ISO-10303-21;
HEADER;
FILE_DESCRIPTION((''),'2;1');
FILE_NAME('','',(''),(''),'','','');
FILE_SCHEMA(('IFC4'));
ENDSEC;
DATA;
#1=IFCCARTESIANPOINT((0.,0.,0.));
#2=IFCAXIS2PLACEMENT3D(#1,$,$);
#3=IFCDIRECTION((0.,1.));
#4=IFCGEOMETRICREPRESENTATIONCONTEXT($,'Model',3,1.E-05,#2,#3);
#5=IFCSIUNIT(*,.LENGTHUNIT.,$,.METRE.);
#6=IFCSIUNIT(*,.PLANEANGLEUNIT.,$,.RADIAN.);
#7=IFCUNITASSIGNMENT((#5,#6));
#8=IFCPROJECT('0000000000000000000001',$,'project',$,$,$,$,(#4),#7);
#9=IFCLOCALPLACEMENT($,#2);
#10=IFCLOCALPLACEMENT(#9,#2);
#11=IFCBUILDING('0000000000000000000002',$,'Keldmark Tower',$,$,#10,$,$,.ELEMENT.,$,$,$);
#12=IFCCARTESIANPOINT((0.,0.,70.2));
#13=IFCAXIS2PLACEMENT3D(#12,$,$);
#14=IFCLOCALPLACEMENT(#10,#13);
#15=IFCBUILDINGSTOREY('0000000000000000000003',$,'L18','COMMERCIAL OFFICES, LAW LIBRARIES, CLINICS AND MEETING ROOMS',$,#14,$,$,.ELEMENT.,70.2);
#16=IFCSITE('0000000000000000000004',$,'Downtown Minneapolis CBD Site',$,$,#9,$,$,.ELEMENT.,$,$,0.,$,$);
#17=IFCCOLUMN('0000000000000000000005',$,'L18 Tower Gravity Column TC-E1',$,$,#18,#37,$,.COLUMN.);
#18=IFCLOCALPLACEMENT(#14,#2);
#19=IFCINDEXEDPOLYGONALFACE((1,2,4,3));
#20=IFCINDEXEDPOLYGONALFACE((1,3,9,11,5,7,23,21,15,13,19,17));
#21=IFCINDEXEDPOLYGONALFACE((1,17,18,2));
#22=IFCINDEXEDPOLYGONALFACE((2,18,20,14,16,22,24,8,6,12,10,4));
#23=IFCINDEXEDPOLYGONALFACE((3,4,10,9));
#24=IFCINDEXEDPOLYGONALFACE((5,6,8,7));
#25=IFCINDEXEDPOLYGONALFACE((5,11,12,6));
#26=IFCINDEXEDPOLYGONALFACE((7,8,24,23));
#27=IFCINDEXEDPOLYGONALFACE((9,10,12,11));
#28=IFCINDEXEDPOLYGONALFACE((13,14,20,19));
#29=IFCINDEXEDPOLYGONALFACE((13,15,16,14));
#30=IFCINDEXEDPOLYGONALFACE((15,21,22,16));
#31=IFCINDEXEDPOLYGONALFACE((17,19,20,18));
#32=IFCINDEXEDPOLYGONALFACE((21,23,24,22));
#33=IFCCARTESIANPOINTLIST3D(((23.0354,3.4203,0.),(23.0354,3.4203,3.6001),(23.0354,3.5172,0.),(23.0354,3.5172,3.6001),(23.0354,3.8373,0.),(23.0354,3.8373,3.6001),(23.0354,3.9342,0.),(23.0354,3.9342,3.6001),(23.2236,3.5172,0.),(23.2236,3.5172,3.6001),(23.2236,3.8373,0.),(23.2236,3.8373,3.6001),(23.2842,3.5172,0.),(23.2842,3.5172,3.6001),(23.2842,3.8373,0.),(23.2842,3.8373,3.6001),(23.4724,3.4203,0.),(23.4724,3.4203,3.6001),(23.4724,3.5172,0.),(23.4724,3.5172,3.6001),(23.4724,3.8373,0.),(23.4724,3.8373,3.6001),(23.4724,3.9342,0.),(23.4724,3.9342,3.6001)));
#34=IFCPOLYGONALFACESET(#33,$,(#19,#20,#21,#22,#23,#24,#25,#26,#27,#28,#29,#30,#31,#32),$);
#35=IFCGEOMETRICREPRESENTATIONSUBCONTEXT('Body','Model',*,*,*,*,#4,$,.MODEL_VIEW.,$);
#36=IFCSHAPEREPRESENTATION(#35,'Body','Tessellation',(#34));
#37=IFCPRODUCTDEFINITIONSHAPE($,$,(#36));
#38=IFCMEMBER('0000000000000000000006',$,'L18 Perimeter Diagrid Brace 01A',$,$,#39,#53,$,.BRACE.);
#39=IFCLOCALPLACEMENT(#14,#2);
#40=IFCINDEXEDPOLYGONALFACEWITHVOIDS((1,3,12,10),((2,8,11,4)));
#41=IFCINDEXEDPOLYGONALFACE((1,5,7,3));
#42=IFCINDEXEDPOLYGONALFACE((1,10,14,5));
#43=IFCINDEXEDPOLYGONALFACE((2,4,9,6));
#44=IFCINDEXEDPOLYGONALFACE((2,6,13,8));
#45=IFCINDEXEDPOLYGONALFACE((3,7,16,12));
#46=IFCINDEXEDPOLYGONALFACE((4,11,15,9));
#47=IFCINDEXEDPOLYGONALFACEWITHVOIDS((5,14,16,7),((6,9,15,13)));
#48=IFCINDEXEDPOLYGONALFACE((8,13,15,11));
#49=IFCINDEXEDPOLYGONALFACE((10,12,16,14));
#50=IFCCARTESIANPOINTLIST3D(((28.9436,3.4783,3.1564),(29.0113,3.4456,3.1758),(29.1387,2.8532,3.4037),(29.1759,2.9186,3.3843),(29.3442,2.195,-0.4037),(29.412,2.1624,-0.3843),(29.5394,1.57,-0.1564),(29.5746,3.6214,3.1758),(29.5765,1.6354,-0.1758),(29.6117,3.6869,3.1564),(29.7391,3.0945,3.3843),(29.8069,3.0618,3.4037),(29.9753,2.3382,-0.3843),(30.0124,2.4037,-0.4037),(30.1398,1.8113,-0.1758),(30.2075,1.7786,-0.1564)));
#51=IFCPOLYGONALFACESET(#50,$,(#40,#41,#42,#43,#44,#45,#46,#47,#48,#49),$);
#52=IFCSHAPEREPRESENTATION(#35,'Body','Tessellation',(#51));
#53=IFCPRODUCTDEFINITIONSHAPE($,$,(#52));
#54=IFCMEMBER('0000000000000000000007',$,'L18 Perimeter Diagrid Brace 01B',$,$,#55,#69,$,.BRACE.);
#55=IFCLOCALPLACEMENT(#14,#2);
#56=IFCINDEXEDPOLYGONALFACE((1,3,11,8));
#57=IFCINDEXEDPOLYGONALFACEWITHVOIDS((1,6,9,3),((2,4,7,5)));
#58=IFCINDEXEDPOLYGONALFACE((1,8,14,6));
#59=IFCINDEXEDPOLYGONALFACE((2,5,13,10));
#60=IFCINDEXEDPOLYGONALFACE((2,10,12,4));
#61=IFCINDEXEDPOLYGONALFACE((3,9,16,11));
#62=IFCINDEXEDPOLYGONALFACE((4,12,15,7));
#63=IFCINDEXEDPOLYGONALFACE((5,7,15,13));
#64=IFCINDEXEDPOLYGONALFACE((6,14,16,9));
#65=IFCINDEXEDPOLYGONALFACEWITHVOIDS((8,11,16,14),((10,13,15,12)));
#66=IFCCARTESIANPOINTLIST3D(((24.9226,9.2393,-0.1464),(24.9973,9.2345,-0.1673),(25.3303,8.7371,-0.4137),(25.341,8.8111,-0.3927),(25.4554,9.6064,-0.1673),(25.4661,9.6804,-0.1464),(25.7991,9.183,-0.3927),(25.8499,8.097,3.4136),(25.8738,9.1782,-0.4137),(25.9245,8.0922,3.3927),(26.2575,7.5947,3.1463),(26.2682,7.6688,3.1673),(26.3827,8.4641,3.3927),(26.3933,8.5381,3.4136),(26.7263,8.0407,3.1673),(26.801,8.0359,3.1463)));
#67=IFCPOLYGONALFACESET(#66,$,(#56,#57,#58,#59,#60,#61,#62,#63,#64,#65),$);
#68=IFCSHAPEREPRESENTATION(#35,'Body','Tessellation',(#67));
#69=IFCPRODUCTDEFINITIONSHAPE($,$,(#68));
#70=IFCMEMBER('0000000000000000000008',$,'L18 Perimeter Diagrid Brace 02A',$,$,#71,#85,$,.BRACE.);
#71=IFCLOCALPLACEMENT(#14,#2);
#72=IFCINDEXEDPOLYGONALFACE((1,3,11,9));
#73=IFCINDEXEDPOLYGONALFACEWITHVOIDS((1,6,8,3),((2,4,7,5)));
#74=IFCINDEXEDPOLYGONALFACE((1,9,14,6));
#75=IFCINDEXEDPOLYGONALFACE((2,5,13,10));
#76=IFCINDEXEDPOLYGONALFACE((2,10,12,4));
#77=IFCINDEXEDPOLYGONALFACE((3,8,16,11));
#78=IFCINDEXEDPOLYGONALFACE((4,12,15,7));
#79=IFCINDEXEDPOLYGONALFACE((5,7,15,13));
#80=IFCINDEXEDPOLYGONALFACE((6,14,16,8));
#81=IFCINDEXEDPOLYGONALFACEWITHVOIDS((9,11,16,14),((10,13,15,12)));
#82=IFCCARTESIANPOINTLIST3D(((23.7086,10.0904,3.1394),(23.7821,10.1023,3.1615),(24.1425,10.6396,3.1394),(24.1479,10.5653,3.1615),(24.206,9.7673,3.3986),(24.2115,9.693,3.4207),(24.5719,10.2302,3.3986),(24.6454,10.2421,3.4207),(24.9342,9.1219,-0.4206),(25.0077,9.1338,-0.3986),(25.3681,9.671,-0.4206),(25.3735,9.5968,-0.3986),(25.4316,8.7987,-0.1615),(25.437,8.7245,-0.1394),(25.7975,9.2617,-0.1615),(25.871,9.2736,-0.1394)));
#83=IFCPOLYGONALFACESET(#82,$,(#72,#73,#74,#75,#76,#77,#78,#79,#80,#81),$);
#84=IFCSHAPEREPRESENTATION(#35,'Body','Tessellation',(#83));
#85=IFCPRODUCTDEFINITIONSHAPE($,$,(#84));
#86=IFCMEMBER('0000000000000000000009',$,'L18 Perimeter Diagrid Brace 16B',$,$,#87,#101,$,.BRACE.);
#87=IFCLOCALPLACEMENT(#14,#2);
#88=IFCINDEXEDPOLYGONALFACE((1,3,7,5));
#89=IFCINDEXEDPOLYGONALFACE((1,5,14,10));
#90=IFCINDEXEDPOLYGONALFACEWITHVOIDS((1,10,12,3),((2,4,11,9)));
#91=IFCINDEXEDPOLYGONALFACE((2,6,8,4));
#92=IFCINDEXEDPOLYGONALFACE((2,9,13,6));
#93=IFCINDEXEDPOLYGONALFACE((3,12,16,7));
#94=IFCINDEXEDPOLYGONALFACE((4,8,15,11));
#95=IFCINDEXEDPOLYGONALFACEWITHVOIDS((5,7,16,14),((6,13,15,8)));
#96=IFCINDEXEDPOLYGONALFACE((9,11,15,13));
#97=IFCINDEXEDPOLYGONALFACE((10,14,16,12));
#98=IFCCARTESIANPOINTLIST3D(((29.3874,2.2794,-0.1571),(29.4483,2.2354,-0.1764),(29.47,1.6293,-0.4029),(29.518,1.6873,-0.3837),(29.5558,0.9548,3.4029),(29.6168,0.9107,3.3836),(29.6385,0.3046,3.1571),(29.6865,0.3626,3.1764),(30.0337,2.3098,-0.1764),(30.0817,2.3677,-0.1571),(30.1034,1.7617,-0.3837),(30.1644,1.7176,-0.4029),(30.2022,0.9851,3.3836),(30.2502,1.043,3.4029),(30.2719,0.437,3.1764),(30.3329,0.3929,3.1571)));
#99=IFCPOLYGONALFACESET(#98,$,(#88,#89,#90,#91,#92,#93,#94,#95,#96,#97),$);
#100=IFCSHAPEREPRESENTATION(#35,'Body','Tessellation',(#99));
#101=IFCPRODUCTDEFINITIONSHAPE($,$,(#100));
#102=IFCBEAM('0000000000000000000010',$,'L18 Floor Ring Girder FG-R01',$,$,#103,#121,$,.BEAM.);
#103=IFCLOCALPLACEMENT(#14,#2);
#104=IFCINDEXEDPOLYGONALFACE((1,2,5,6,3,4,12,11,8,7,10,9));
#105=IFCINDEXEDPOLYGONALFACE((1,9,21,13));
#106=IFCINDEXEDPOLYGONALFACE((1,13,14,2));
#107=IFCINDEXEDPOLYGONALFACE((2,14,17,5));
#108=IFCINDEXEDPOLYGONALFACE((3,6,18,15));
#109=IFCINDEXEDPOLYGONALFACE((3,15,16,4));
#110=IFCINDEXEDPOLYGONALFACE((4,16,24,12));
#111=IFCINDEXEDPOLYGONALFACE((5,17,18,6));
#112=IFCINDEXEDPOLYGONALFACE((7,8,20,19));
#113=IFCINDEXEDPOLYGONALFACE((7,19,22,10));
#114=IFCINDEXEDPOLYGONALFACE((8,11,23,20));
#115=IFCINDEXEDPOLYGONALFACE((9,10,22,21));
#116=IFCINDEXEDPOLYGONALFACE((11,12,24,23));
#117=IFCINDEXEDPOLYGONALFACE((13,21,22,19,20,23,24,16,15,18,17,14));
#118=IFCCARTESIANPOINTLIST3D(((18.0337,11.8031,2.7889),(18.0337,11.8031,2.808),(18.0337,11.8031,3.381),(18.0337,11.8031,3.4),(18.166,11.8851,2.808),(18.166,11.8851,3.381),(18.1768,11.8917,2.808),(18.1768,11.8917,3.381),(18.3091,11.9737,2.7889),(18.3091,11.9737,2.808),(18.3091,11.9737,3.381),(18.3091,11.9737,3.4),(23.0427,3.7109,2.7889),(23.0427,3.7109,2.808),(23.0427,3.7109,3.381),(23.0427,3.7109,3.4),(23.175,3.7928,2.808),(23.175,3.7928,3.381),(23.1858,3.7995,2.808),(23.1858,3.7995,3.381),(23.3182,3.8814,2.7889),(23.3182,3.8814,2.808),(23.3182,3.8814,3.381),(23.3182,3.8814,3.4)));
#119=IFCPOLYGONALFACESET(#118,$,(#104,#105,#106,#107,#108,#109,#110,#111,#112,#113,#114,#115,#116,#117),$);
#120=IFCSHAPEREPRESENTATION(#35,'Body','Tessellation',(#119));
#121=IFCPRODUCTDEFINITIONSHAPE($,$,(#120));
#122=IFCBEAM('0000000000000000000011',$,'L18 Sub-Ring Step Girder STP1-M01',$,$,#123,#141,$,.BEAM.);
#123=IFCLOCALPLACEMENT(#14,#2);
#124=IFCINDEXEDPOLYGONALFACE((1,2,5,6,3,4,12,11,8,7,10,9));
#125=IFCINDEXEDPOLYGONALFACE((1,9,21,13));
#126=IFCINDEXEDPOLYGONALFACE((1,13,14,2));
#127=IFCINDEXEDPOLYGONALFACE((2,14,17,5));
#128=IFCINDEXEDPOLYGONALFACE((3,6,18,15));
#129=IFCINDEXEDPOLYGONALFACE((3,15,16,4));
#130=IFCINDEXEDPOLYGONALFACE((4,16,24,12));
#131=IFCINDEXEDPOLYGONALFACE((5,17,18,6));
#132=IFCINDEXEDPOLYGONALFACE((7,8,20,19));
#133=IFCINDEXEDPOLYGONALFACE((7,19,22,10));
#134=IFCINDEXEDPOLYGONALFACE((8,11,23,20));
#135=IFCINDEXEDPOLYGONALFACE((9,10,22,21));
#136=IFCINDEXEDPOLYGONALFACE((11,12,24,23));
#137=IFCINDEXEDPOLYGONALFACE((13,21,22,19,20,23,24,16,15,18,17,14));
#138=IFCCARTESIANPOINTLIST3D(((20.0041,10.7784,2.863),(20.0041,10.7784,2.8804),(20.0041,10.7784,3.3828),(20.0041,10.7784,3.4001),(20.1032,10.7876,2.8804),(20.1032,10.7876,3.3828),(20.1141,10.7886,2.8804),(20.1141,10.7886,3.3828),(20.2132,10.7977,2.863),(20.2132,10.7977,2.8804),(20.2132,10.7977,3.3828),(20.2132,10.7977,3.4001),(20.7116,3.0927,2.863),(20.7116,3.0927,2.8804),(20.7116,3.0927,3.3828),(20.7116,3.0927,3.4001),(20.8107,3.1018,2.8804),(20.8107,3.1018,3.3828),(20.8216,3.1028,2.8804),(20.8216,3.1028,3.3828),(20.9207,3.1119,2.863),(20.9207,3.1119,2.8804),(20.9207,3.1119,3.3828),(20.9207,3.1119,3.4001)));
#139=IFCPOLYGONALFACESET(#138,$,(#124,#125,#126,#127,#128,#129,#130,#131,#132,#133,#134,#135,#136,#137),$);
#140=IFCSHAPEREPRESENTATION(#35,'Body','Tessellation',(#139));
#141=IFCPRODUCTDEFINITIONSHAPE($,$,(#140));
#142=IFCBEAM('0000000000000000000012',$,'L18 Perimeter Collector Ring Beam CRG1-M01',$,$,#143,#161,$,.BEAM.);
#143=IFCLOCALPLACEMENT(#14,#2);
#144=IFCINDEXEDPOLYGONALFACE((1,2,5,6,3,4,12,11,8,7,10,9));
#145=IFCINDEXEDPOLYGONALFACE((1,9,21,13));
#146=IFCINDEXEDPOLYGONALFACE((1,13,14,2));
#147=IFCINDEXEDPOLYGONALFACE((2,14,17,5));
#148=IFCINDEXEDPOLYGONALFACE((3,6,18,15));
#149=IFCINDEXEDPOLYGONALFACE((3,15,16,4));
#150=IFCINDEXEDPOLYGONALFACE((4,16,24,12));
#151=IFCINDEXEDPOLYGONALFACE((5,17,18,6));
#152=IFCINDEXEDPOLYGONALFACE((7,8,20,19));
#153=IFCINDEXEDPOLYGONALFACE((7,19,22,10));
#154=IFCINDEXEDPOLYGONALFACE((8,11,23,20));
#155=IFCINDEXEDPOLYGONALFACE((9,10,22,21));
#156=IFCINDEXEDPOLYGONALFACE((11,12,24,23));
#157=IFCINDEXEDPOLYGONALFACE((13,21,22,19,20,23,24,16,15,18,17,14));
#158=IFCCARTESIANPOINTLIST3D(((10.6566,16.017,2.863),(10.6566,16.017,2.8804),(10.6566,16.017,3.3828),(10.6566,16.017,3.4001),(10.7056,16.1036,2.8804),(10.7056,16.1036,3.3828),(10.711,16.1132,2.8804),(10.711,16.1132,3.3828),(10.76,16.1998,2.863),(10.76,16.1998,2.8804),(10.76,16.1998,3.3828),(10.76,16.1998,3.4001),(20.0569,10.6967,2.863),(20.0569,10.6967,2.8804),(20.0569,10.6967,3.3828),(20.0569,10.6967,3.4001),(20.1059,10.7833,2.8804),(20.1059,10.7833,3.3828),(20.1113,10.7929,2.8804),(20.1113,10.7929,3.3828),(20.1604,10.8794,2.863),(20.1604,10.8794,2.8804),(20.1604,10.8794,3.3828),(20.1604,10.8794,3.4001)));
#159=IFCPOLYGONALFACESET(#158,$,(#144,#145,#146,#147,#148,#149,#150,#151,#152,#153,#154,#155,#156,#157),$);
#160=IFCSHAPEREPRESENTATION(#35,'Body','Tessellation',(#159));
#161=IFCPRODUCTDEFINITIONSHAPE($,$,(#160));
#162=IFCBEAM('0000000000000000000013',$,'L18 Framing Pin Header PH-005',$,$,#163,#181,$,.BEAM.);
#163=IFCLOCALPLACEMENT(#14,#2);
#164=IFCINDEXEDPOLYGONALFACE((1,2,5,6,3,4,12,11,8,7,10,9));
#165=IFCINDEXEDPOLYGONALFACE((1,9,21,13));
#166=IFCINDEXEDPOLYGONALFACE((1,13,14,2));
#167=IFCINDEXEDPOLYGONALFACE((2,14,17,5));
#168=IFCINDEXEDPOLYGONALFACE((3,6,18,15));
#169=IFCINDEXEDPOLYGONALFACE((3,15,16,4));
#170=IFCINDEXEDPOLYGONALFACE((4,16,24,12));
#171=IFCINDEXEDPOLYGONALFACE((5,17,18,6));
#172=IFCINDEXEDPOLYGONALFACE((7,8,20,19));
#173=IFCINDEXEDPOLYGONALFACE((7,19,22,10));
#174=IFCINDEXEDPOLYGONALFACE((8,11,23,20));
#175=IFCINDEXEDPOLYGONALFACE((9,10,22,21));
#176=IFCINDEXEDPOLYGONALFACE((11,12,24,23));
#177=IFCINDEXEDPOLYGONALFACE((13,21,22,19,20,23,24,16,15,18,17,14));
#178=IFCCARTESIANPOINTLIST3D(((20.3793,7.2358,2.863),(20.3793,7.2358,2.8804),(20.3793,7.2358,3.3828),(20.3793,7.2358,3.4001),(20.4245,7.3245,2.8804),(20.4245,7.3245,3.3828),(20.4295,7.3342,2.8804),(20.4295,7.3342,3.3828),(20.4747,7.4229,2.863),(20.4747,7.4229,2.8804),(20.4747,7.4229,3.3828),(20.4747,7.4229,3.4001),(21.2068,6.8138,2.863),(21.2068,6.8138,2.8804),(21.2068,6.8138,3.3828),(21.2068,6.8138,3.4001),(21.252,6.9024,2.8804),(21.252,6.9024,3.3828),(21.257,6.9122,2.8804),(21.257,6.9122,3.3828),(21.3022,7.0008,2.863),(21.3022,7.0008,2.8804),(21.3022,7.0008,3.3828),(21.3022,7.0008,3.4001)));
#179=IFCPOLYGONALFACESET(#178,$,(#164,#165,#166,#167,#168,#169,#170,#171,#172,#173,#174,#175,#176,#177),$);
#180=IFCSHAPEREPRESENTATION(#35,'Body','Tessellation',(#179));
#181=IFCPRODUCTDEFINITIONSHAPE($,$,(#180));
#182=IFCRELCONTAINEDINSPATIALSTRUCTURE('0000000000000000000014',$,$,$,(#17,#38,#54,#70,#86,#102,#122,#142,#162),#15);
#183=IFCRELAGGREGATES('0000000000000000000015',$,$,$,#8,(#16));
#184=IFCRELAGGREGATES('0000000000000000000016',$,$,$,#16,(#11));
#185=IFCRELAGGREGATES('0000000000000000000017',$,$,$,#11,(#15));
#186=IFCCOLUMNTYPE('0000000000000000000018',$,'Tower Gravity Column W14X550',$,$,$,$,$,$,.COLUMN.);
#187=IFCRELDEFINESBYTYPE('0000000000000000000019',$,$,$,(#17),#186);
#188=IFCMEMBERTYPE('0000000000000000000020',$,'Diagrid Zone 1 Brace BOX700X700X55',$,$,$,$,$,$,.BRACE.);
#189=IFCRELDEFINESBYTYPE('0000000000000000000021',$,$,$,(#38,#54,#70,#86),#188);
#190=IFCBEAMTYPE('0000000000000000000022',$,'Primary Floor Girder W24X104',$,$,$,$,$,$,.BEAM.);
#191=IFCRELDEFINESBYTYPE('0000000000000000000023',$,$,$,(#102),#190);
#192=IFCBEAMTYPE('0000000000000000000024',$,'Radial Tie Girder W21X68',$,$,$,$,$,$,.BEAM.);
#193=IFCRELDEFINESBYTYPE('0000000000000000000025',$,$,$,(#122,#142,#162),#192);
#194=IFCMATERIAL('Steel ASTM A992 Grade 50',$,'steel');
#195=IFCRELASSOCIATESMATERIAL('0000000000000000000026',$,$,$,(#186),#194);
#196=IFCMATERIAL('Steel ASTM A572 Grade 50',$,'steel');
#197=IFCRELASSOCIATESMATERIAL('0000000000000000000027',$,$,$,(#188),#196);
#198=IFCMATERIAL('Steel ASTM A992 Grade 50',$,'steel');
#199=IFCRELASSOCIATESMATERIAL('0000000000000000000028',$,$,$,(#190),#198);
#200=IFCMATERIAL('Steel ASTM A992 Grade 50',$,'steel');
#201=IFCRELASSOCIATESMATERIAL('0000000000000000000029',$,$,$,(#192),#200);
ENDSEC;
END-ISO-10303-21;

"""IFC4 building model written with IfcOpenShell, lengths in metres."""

from ifc_helpers import new_model, si_unit, direction, frame, origin, origin_2d, place, context, subcontext, project, spatial, hollow_rectangle, i_section, extrude, material, material_profile, profile_set, type_object, element, save


model = new_model("IFC4")

# Units and contexts
model_context = context("Model", 3, precision=1e-05, world=origin(), true_north=direction((0.0, 1.0)))
body_context = subcontext(model_context, "Body", "Model", "MODEL_VIEW")
ifc_project = project(units=[si_unit("LENGTHUNIT", "METRE"), si_unit("PLANEANGLEUNIT", "RADIAN")], contexts=[model_context])

# Site, building, storey
site_placement = place(None, origin())
site = spatial("IfcSite", under=ifc_project, at=site_placement, Name="Downtown Minneapolis CBD Site", CompositionType="ELEMENT", RefElevation=0.0)
building_placement = place(site_placement, origin())
building = spatial("IfcBuilding", under=site, at=building_placement, Name="Keldmark Tower", CompositionType="ELEMENT")
storey_placement = place(building_placement, frame((0.0, 0.0, 70.2)))
storey = spatial("IfcBuildingStorey", under=building, at=storey_placement, Name="L18", Description="COMMERCIAL OFFICES, LAW LIBRARIES, CLINICS AND MEETING ROOMS", CompositionType="ELEMENT", Elevation=70.2)

# Column
ifc_material_1 = material(Name="Steel ASTM A992 Grade 50", Category="steel")
ifc_material_profile_1 = material_profile(ifc_material_1, i_section(OverallWidth=0.437, OverallDepth=0.5139, WebThickness=0.0605, FlangeThickness=0.0969, at=origin_2d()), Name="W14X550")
ifc_profile_set_1 = profile_set([ifc_material_profile_1], Name="Steel ASTM A992 Grade 50")
column_type = type_object("IfcColumnType", Name="Tower Gravity Column W14X550", PredefinedType="COLUMN", material=ifc_profile_set_1)
column_placement = place(storey_placement, frame((23.2539, 3.6772, 0.0), z_axis=(0.0, 0.0, 1.0), x_axis=(1.0, 0.0, 0.0)))
element("IfcColumn", 1, at=column_placement, inside=storey, type_object=column_type, Name="L18 Tower Gravity Column TC-E1", PredefinedType="COLUMN", context=body_context, shape_type="SweptSolid", body=[
    extrude(i_section(OverallWidth=0.437, OverallDepth=0.5139, WebThickness=0.0605, FlangeThickness=0.0969, at=origin_2d()), origin(), (0.0, 0.0, 1.0), 3.6001),
])

# Members
ifc_material_2 = material(Name="Steel ASTM A572 Grade 50", Category="steel")
ifc_material_profile_2 = material_profile(ifc_material_2, hollow_rectangle(XDim=0.7, YDim=0.7, WallThickness=0.0549, at=origin_2d()), Name="BOX700X700X55")
ifc_profile_set_2 = profile_set([ifc_material_profile_2], Name="Steel ASTM A572 Grade 50")
member_type = type_object("IfcMemberType", Name="Diagrid Zone 1 Brace BOX700X700X55", PredefinedType="BRACE", material=ifc_profile_set_2)
member_1_placement = place(storey_placement, frame((29.7759, 1.9868, -0.28), z_axis=(-0.10528, 0.337205, 0.935526), x_axis=(-0.954558, -0.298027, 0.0)))
element("IfcMember", 2, at=member_1_placement, inside=storey, type_object=member_type, Name="L18 Perimeter Diagrid Brace 01A", PredefinedType="BRACE", context=body_context, shape_type="SweptSolid", body=[
    extrude(hollow_rectangle(XDim=0.7, YDim=0.7, WallThickness=0.0549, at=origin_2d()), origin(), (0.0, 0.0, 1.0), 3.8054),
])
member_2_placement = place(storey_placement, frame((25.3982, 9.2087, -0.28), z_axis=(0.240711, -0.296548, 0.924185), x_axis=(0.776413, 0.630224, 0.0)))
element("IfcMember", 3, at=member_2_placement, inside=storey, type_object=member_type, Name="L18 Perimeter Diagrid Brace 01B", PredefinedType="BRACE", context=body_context, shape_type="SweptSolid", body=[
    extrude(hollow_rectangle(XDim=0.7, YDim=0.7, WallThickness=0.0549, at=origin_2d()), origin(), (0.0, 0.0, 1.0), 3.8521),
])
member_3_placement = place(storey_placement, frame((25.4026, 9.1978, -0.28), z_axis=(-0.315248, 0.249122, 0.915728), x_axis=(-0.620014, -0.784591, 0.0)))
element("IfcMember", 4, at=member_3_placement, inside=storey, type_object=member_type, Name="L18 Perimeter Diagrid Brace 02A", PredefinedType="BRACE", context=body_context, shape_type="SweptSolid", body=[
    extrude(hollow_rectangle(XDim=0.7, YDim=0.7, WallThickness=0.0549, at=origin_2d()), origin(), (0.0, 0.0, 1.0), 3.8877),
])
member_4_placement = place(storey_placement, frame((29.7759, 1.9985, -0.28), z_axis=(0.044304, -0.348399, 0.936299), x_axis=(0.992011, 0.12615, 0.0)))
element("IfcMember", 5, at=member_4_placement, inside=storey, type_object=member_type, Name="L18 Perimeter Diagrid Brace 16B", PredefinedType="BRACE", context=body_context, shape_type="SweptSolid", body=[
    extrude(hollow_rectangle(XDim=0.7, YDim=0.7, WallThickness=0.0549, at=origin_2d()), origin(), (0.0, 0.0, 1.0), 3.8022),
])

# Beams
ifc_material_3 = material(Name="Steel ASTM A992 Grade 50", Category="steel")
ifc_material_profile_3 = material_profile(ifc_material_3, i_section(OverallWidth=0.324, OverallDepth=0.6111, WebThickness=0.0127, FlangeThickness=0.019, at=origin_2d()), Name="W24X104")
ifc_profile_set_3 = profile_set([ifc_material_profile_3], Name="Steel ASTM A992 Grade 50")
beam_type_1 = type_object("IfcBeamType", Name="Primary Floor Girder W24X104", PredefinedType="BEAM", material=ifc_profile_set_3)
beam_1_placement = place(storey_placement, frame((23.1804, 3.7961, 3.0945), z_axis=(-0.526318, 0.850288, 0.0), x_axis=(-0.850288, -0.526318, 0.0)))
element("IfcBeam", 6, at=beam_1_placement, inside=storey, type_object=beam_type_1, Name="L18 Floor Ring Girder FG-R01", PredefinedType="BEAM", context=body_context, shape_type="SweptSolid", body=[
    extrude(i_section(OverallWidth=0.324, OverallDepth=0.6111, WebThickness=0.0127, FlangeThickness=0.019, at=origin_2d()), origin(), (0.0, 0.0, 1.0), 9.5171),
])
ifc_material_4 = material(Name="Steel ASTM A992 Grade 50", Category="steel")
ifc_material_profile_4 = material_profile(ifc_material_4, i_section(OverallWidth=0.21, OverallDepth=0.5371, WebThickness=0.011, FlangeThickness=0.0173, at=origin_2d()), Name="W21X68")
ifc_profile_set_4 = profile_set([ifc_material_profile_4], Name="Steel ASTM A992 Grade 50")
beam_type_2 = type_object("IfcBeamType", Name="Radial Tie Girder W21X68", PredefinedType="BEAM", material=ifc_profile_set_4)
beam_2_placement = place(storey_placement, frame((20.8162, 3.1023, 3.1316), z_axis=(-0.091668, 0.99579, 0.0), x_axis=(-0.99579, -0.091668, 0.0)))
element("IfcBeam", 7, at=beam_2_placement, inside=storey, type_object=beam_type_2, Name="L18 Sub-Ring Step Girder STP1-M01", PredefinedType="BEAM", context=body_context, shape_type="SweptSolid", body=[
    extrude(i_section(OverallWidth=0.21, OverallDepth=0.5371, WebThickness=0.011, FlangeThickness=0.0173, at=origin_2d()), origin(), (0.0, 0.0, 1.0), 7.7183),
])
beam_3_placement = place(storey_placement, frame((20.1086, 10.7881, 3.1316), z_axis=(-0.870283, 0.492552, 0.0), x_axis=(-0.492552, -0.870283, 0.0)))
element("IfcBeam", 8, at=beam_3_placement, inside=storey, type_object=beam_type_2, Name="L18 Perimeter Collector Ring Beam CRG1-M01", PredefinedType="BEAM", context=body_context, shape_type="SweptSolid", body=[
    extrude(i_section(OverallWidth=0.21, OverallDepth=0.5371, WebThickness=0.011, FlangeThickness=0.0173, at=origin_2d()), origin(), (0.0, 0.0, 1.0), 10.8015),
])
beam_4_placement = place(storey_placement, frame((20.427, 7.3293, 3.1316), z_axis=(0.890825, -0.454347, 0.0), x_axis=(0.454347, 0.890825, 0.0)))
element("IfcBeam", 9, at=beam_4_placement, inside=storey, type_object=beam_type_2, Name="L18 Framing Pin Header PH-005", PredefinedType="BEAM", context=body_context, shape_type="SweptSolid", body=[
    extrude(i_section(OverallWidth=0.21, OverallDepth=0.5371, WebThickness=0.011, FlangeThickness=0.0173, at=origin_2d()), origin(), (0.0, 0.0, 1.0), 0.929),
])

save(model, "model.ifc")
